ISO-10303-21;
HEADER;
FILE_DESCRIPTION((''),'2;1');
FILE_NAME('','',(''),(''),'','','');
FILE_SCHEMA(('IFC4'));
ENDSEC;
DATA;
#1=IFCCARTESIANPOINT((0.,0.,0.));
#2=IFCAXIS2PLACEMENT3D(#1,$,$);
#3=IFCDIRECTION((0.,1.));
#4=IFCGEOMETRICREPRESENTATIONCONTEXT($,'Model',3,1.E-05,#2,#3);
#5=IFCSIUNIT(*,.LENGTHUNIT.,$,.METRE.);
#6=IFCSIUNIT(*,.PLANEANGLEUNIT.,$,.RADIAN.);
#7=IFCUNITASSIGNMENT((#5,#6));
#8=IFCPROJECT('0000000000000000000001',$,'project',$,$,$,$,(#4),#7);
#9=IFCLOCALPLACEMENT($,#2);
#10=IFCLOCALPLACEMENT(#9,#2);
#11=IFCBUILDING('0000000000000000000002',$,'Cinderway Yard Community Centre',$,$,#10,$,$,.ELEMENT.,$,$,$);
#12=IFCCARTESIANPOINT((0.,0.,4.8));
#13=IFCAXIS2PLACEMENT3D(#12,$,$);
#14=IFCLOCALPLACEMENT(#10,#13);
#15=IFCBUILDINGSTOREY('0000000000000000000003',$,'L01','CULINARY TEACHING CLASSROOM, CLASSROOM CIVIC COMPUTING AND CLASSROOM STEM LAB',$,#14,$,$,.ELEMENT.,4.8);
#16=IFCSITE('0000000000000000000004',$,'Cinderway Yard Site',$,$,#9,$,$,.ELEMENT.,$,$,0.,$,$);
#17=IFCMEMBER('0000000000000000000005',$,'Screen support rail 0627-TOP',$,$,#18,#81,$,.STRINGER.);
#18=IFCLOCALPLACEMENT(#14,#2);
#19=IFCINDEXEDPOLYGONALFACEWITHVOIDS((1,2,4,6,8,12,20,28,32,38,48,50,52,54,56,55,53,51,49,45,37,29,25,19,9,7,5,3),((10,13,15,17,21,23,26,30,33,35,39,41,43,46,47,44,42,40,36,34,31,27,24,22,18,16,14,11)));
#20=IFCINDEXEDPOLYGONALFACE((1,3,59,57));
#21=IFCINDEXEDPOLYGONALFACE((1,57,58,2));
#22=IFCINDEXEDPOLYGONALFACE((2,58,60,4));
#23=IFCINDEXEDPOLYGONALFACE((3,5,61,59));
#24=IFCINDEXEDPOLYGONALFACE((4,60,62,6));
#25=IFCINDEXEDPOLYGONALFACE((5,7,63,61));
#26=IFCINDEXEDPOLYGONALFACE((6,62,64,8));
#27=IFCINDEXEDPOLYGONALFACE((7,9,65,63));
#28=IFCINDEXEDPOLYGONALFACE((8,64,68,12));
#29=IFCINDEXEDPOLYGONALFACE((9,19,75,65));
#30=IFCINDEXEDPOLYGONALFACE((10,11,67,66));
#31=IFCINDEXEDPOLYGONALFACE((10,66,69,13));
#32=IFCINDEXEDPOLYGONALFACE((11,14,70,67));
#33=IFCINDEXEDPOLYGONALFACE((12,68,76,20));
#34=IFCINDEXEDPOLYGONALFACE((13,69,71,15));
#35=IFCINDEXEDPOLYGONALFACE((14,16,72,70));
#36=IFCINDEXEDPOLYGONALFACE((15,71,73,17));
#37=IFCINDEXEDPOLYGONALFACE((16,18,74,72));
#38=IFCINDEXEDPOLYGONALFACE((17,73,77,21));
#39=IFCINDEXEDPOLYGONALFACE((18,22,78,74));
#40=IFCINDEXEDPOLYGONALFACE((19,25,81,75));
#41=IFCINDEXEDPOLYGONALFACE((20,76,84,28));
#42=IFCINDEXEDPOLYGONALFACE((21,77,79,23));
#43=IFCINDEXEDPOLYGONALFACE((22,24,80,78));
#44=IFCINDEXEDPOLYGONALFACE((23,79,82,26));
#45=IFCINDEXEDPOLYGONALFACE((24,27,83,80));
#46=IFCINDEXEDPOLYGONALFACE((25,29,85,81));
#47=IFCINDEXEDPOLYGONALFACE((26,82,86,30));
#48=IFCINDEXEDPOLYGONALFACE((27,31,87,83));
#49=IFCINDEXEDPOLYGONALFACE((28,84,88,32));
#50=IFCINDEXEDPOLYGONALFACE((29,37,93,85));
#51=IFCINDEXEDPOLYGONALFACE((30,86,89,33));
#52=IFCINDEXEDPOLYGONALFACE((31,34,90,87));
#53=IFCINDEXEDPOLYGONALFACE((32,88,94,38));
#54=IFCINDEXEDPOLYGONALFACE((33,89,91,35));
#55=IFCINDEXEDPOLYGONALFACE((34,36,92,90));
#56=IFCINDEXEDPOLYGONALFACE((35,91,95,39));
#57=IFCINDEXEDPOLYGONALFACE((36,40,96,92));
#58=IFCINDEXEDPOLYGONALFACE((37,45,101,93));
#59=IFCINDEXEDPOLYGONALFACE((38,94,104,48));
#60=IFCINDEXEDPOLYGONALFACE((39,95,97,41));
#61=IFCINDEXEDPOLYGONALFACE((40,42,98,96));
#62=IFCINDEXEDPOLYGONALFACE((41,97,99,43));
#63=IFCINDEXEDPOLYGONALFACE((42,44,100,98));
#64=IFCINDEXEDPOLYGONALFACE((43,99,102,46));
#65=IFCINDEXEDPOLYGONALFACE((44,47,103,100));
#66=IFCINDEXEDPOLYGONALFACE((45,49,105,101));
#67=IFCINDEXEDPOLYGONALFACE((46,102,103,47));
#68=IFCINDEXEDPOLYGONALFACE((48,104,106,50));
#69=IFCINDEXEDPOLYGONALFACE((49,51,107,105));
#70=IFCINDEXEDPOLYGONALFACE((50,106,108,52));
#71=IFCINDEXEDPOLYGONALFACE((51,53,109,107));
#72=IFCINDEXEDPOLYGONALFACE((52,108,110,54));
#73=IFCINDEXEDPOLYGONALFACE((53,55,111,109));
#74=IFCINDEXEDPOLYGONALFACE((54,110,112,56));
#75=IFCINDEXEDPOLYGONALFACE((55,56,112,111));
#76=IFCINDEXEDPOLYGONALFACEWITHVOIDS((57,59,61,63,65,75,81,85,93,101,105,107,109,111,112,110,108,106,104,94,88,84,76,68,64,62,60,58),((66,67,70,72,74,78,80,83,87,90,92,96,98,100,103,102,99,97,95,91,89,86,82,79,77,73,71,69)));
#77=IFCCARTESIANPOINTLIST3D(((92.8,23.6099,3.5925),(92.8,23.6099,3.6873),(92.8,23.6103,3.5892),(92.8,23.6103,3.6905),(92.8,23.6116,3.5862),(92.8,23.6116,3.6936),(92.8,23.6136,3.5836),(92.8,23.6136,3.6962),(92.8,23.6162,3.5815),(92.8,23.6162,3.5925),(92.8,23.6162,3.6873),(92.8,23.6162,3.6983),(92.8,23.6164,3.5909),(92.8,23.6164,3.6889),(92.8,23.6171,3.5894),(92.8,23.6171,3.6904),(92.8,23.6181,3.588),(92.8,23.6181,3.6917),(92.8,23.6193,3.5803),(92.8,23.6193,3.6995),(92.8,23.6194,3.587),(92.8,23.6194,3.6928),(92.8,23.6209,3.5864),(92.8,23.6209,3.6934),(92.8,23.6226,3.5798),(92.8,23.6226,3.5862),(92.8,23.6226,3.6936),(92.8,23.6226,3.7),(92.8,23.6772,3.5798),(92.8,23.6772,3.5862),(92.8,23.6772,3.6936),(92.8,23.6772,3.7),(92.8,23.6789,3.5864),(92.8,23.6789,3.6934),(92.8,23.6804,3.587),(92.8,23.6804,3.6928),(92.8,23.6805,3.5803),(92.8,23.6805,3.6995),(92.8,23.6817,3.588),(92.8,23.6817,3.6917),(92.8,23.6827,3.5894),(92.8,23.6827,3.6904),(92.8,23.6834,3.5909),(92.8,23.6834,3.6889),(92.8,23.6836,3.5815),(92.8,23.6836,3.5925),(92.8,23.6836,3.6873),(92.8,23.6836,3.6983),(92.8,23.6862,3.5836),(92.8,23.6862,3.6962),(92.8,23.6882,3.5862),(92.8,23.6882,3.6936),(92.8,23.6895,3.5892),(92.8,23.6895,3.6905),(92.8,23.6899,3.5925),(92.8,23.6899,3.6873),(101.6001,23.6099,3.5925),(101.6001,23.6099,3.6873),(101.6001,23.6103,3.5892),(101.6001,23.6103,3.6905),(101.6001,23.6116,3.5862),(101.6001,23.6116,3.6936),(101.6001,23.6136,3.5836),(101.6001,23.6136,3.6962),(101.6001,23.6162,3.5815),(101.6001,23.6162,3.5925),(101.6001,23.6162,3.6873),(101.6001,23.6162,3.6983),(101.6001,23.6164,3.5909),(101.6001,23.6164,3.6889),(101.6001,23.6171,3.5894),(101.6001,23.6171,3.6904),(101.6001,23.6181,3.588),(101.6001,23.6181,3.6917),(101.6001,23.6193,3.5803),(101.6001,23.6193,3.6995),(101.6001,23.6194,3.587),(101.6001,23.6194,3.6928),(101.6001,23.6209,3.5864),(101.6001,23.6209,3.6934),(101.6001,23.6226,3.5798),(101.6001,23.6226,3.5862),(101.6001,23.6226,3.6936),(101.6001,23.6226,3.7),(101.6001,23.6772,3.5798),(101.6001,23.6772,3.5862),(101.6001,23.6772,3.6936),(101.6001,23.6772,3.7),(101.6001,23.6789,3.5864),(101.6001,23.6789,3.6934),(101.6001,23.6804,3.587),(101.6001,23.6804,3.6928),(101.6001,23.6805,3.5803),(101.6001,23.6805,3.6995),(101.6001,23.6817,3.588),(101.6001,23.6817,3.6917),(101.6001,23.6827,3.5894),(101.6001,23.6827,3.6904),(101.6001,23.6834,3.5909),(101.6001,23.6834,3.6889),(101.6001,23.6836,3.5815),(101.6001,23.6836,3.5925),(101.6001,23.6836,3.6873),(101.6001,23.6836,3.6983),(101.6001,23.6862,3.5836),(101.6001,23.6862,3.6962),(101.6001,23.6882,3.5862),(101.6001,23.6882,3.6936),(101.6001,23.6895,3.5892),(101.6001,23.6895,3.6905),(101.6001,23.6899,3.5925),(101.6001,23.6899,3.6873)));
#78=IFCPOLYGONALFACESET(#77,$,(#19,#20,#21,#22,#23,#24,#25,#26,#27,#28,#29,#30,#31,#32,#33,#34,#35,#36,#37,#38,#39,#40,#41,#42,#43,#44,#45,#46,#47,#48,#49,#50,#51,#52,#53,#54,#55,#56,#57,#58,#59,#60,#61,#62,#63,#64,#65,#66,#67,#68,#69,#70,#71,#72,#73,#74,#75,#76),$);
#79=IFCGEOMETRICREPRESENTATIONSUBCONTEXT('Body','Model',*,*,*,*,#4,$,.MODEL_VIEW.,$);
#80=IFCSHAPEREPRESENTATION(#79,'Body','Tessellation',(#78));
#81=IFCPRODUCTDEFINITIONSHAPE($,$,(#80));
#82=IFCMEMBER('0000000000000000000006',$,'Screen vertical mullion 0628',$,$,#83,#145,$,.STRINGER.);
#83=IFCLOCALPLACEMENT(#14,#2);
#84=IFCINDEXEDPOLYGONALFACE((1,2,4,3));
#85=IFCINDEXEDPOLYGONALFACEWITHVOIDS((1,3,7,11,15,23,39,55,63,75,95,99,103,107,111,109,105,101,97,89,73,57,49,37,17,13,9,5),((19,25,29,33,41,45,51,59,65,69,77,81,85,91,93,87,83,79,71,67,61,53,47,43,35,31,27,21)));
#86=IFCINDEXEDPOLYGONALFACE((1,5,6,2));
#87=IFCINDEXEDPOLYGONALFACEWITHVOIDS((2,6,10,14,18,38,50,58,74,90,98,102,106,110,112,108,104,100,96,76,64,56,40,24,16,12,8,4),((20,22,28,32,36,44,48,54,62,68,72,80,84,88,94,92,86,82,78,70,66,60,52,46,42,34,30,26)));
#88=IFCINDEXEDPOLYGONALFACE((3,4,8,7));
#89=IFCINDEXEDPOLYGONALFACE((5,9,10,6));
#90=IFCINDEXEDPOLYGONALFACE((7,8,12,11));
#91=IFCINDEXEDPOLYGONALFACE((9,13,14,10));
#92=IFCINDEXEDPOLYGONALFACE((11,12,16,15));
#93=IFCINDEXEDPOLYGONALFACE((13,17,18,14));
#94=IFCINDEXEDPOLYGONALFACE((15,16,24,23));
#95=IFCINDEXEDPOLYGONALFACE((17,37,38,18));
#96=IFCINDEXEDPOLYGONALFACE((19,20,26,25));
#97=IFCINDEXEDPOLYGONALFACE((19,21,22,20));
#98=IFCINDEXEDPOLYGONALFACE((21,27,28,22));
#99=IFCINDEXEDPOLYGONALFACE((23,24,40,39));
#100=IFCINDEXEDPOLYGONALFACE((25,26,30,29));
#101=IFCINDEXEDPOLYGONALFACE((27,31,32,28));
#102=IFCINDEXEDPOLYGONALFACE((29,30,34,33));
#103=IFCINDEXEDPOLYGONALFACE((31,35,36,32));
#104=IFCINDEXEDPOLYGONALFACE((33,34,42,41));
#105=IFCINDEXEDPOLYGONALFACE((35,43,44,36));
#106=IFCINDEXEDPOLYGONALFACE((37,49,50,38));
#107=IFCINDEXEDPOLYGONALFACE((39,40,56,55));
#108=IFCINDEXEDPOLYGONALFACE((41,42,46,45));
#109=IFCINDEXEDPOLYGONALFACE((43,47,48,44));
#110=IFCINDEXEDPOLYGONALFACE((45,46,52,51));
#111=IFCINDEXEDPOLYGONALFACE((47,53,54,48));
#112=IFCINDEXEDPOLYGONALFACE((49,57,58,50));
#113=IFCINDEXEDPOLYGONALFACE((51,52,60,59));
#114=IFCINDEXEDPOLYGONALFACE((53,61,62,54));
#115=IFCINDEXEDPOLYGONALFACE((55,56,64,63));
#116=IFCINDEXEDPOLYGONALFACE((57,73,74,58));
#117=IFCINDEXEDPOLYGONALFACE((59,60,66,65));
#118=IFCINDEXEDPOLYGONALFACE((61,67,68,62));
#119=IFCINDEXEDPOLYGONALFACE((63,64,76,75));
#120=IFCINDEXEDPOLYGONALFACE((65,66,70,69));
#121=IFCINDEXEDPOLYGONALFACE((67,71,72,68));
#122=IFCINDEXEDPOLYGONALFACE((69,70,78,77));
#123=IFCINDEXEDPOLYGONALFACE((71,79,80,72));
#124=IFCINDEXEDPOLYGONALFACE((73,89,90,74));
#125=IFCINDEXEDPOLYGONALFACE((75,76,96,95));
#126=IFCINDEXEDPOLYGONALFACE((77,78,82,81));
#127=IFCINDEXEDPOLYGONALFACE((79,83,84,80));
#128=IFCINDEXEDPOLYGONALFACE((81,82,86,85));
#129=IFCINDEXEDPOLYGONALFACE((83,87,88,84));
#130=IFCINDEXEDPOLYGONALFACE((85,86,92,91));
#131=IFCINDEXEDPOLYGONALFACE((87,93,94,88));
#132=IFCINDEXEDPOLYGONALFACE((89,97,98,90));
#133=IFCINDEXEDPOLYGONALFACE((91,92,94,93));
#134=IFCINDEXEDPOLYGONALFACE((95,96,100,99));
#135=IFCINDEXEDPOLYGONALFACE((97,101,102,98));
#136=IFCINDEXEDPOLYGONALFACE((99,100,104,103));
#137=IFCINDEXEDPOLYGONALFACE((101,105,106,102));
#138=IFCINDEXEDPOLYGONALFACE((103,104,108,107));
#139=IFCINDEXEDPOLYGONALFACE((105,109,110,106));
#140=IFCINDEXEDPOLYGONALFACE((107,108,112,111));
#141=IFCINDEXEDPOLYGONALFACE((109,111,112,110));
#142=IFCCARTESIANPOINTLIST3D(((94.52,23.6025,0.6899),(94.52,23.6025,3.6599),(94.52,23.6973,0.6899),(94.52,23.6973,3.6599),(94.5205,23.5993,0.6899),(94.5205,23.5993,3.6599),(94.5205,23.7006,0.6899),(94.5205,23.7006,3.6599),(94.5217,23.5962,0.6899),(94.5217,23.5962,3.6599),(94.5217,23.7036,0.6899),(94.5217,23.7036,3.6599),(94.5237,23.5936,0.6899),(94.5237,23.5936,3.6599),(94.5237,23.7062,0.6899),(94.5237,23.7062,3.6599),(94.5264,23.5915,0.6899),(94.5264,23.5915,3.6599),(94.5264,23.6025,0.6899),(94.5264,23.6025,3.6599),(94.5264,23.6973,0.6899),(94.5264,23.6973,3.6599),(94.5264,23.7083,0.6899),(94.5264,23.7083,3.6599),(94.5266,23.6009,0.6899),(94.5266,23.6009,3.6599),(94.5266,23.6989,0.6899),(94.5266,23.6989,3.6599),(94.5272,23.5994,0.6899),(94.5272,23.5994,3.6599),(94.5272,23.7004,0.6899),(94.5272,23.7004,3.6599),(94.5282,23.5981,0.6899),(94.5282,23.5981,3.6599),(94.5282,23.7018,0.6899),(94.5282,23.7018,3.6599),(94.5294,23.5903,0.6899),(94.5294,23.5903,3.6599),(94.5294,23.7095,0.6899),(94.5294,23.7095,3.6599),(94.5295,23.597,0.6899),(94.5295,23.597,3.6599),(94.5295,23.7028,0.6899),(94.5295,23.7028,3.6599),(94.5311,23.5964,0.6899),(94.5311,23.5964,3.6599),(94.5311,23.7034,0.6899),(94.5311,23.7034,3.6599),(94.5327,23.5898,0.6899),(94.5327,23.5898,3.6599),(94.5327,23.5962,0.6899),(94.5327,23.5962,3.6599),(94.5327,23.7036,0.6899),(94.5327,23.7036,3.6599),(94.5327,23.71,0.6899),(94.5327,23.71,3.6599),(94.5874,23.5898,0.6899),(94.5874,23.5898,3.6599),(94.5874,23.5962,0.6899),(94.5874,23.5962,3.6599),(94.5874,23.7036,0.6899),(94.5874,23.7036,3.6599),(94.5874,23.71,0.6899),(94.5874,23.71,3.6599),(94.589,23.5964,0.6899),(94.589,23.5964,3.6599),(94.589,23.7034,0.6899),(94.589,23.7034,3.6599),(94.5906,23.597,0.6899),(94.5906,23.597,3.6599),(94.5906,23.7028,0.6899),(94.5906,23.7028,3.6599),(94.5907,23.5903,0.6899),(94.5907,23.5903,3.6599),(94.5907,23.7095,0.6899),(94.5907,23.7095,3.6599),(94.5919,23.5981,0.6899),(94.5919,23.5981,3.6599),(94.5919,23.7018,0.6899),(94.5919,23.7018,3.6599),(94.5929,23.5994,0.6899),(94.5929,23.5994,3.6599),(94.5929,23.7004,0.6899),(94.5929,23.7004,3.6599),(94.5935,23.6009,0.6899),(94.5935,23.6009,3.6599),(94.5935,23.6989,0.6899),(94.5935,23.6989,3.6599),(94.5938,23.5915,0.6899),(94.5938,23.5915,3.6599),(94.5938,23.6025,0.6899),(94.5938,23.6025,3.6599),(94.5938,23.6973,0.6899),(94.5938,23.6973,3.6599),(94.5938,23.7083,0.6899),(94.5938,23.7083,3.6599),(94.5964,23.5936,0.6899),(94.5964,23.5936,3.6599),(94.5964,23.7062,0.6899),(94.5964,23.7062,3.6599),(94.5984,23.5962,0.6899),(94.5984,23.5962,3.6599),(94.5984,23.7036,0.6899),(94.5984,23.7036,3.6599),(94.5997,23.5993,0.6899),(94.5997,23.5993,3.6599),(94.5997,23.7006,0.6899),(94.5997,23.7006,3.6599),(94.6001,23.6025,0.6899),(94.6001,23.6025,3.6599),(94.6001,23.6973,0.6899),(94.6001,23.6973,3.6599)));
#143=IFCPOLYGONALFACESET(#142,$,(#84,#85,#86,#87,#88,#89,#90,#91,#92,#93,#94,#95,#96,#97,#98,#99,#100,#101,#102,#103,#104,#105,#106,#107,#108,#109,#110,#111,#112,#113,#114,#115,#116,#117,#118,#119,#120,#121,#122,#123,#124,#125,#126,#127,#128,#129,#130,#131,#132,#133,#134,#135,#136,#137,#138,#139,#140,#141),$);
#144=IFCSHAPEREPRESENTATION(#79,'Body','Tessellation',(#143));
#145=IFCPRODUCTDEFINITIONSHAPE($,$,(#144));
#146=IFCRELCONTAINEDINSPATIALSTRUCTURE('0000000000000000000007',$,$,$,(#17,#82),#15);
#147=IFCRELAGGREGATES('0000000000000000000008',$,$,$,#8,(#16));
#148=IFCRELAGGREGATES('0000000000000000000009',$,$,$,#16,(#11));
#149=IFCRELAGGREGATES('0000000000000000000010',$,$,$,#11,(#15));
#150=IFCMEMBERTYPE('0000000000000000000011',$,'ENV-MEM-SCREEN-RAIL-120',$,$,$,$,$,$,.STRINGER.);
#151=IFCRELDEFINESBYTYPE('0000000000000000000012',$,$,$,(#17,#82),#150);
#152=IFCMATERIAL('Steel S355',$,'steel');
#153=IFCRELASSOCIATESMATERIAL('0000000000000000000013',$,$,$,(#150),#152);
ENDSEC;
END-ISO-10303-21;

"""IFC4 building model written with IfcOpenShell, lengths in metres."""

from ifc_helpers import new_model, si_unit, direction, frame, origin, origin_2d, place, context, subcontext, project, spatial, hollow_rectangle, extrude, material, material_profile, profile_set, type_object, element, save


model = new_model("IFC4")

# Units and contexts
model_context = context("Model", 3, precision=1e-05, world=origin(), true_north=direction((0.0, 1.0)))
body_context = subcontext(model_context, "Body", "Model", "MODEL_VIEW")
ifc_project = project(units=[si_unit("LENGTHUNIT", "METRE"), si_unit("PLANEANGLEUNIT", "RADIAN")], contexts=[model_context])

# Site, building, storey
site_placement = place(None, origin())
site = spatial("IfcSite", under=ifc_project, at=site_placement, Name="Cinderway Yard Site", CompositionType="ELEMENT", RefElevation=0.0)
building_placement = place(site_placement, origin())
building = spatial("IfcBuilding", under=site, at=building_placement, Name="Cinderway Yard Community Centre", CompositionType="ELEMENT")
storey_placement = place(building_placement, frame((0.0, 0.0, 4.8)))
storey = spatial("IfcBuildingStorey", under=building, at=storey_placement, Name="L01", Description="CULINARY TEACHING CLASSROOM, CLASSROOM CIVIC COMPUTING AND CLASSROOM STEM LAB", CompositionType="ELEMENT", Elevation=4.8)

# Members
ifc_material_1 = material(Name="Steel S355", Category="steel")
ifc_material_profile = material_profile(ifc_material_1, hollow_rectangle(XDim=0.0801, YDim=0.1201, WallThickness=0.0063, InnerFilletRadius=0.0063, OuterFilletRadius=0.0127, at=origin_2d()), Name="Steel S355")
ifc_profile_set = profile_set([ifc_material_profile], Name="Steel S355")
member_type = type_object("IfcMemberType", Name="ENV-MEM-SCREEN-RAIL-120", PredefinedType="STRINGER", material=ifc_profile_set)
for number, where, z_axis, x_axis, name in (
    (1, (92.8, 23.6499, 3.6399), (1.0, 0.0, 0.0), (0.0, 1.0, 0.0), "Screen support rail 0627-TOP"),
):
    element("IfcMember", number, at=place(storey_placement, frame(where, z_axis=z_axis, x_axis=x_axis)), inside=storey, type_object=member_type, Name=name, PredefinedType="STRINGER", context=body_context, shape_type="SweptSolid", body=[
        extrude(hollow_rectangle(XDim=0.0801, YDim=0.1201, WallThickness=0.0063, InnerFilletRadius=0.0063, OuterFilletRadius=0.0127, at=origin_2d()), origin(), (0.0, 0.0, 1.0), 8.8),
    ])
for number, where, z_axis, x_axis, name in (
    (2, (94.5601, 23.6499, 0.6899), (0.0, 0.0, 1.0), (1.0, 0.0, 0.0), "Screen vertical mullion 0628"),
):
    element("IfcMember", number, at=place(storey_placement, frame(where, z_axis=z_axis, x_axis=x_axis)), inside=storey, type_object=member_type, Name=name, PredefinedType="STRINGER", context=body_context, shape_type="SweptSolid", body=[
        extrude(hollow_rectangle(XDim=0.0801, YDim=0.1201, WallThickness=0.0063, InnerFilletRadius=0.0063, OuterFilletRadius=0.0127, at=origin_2d()), origin(), (0.0, 0.0, 1.0), 2.97),
    ])

save(model, "model.ifc")
